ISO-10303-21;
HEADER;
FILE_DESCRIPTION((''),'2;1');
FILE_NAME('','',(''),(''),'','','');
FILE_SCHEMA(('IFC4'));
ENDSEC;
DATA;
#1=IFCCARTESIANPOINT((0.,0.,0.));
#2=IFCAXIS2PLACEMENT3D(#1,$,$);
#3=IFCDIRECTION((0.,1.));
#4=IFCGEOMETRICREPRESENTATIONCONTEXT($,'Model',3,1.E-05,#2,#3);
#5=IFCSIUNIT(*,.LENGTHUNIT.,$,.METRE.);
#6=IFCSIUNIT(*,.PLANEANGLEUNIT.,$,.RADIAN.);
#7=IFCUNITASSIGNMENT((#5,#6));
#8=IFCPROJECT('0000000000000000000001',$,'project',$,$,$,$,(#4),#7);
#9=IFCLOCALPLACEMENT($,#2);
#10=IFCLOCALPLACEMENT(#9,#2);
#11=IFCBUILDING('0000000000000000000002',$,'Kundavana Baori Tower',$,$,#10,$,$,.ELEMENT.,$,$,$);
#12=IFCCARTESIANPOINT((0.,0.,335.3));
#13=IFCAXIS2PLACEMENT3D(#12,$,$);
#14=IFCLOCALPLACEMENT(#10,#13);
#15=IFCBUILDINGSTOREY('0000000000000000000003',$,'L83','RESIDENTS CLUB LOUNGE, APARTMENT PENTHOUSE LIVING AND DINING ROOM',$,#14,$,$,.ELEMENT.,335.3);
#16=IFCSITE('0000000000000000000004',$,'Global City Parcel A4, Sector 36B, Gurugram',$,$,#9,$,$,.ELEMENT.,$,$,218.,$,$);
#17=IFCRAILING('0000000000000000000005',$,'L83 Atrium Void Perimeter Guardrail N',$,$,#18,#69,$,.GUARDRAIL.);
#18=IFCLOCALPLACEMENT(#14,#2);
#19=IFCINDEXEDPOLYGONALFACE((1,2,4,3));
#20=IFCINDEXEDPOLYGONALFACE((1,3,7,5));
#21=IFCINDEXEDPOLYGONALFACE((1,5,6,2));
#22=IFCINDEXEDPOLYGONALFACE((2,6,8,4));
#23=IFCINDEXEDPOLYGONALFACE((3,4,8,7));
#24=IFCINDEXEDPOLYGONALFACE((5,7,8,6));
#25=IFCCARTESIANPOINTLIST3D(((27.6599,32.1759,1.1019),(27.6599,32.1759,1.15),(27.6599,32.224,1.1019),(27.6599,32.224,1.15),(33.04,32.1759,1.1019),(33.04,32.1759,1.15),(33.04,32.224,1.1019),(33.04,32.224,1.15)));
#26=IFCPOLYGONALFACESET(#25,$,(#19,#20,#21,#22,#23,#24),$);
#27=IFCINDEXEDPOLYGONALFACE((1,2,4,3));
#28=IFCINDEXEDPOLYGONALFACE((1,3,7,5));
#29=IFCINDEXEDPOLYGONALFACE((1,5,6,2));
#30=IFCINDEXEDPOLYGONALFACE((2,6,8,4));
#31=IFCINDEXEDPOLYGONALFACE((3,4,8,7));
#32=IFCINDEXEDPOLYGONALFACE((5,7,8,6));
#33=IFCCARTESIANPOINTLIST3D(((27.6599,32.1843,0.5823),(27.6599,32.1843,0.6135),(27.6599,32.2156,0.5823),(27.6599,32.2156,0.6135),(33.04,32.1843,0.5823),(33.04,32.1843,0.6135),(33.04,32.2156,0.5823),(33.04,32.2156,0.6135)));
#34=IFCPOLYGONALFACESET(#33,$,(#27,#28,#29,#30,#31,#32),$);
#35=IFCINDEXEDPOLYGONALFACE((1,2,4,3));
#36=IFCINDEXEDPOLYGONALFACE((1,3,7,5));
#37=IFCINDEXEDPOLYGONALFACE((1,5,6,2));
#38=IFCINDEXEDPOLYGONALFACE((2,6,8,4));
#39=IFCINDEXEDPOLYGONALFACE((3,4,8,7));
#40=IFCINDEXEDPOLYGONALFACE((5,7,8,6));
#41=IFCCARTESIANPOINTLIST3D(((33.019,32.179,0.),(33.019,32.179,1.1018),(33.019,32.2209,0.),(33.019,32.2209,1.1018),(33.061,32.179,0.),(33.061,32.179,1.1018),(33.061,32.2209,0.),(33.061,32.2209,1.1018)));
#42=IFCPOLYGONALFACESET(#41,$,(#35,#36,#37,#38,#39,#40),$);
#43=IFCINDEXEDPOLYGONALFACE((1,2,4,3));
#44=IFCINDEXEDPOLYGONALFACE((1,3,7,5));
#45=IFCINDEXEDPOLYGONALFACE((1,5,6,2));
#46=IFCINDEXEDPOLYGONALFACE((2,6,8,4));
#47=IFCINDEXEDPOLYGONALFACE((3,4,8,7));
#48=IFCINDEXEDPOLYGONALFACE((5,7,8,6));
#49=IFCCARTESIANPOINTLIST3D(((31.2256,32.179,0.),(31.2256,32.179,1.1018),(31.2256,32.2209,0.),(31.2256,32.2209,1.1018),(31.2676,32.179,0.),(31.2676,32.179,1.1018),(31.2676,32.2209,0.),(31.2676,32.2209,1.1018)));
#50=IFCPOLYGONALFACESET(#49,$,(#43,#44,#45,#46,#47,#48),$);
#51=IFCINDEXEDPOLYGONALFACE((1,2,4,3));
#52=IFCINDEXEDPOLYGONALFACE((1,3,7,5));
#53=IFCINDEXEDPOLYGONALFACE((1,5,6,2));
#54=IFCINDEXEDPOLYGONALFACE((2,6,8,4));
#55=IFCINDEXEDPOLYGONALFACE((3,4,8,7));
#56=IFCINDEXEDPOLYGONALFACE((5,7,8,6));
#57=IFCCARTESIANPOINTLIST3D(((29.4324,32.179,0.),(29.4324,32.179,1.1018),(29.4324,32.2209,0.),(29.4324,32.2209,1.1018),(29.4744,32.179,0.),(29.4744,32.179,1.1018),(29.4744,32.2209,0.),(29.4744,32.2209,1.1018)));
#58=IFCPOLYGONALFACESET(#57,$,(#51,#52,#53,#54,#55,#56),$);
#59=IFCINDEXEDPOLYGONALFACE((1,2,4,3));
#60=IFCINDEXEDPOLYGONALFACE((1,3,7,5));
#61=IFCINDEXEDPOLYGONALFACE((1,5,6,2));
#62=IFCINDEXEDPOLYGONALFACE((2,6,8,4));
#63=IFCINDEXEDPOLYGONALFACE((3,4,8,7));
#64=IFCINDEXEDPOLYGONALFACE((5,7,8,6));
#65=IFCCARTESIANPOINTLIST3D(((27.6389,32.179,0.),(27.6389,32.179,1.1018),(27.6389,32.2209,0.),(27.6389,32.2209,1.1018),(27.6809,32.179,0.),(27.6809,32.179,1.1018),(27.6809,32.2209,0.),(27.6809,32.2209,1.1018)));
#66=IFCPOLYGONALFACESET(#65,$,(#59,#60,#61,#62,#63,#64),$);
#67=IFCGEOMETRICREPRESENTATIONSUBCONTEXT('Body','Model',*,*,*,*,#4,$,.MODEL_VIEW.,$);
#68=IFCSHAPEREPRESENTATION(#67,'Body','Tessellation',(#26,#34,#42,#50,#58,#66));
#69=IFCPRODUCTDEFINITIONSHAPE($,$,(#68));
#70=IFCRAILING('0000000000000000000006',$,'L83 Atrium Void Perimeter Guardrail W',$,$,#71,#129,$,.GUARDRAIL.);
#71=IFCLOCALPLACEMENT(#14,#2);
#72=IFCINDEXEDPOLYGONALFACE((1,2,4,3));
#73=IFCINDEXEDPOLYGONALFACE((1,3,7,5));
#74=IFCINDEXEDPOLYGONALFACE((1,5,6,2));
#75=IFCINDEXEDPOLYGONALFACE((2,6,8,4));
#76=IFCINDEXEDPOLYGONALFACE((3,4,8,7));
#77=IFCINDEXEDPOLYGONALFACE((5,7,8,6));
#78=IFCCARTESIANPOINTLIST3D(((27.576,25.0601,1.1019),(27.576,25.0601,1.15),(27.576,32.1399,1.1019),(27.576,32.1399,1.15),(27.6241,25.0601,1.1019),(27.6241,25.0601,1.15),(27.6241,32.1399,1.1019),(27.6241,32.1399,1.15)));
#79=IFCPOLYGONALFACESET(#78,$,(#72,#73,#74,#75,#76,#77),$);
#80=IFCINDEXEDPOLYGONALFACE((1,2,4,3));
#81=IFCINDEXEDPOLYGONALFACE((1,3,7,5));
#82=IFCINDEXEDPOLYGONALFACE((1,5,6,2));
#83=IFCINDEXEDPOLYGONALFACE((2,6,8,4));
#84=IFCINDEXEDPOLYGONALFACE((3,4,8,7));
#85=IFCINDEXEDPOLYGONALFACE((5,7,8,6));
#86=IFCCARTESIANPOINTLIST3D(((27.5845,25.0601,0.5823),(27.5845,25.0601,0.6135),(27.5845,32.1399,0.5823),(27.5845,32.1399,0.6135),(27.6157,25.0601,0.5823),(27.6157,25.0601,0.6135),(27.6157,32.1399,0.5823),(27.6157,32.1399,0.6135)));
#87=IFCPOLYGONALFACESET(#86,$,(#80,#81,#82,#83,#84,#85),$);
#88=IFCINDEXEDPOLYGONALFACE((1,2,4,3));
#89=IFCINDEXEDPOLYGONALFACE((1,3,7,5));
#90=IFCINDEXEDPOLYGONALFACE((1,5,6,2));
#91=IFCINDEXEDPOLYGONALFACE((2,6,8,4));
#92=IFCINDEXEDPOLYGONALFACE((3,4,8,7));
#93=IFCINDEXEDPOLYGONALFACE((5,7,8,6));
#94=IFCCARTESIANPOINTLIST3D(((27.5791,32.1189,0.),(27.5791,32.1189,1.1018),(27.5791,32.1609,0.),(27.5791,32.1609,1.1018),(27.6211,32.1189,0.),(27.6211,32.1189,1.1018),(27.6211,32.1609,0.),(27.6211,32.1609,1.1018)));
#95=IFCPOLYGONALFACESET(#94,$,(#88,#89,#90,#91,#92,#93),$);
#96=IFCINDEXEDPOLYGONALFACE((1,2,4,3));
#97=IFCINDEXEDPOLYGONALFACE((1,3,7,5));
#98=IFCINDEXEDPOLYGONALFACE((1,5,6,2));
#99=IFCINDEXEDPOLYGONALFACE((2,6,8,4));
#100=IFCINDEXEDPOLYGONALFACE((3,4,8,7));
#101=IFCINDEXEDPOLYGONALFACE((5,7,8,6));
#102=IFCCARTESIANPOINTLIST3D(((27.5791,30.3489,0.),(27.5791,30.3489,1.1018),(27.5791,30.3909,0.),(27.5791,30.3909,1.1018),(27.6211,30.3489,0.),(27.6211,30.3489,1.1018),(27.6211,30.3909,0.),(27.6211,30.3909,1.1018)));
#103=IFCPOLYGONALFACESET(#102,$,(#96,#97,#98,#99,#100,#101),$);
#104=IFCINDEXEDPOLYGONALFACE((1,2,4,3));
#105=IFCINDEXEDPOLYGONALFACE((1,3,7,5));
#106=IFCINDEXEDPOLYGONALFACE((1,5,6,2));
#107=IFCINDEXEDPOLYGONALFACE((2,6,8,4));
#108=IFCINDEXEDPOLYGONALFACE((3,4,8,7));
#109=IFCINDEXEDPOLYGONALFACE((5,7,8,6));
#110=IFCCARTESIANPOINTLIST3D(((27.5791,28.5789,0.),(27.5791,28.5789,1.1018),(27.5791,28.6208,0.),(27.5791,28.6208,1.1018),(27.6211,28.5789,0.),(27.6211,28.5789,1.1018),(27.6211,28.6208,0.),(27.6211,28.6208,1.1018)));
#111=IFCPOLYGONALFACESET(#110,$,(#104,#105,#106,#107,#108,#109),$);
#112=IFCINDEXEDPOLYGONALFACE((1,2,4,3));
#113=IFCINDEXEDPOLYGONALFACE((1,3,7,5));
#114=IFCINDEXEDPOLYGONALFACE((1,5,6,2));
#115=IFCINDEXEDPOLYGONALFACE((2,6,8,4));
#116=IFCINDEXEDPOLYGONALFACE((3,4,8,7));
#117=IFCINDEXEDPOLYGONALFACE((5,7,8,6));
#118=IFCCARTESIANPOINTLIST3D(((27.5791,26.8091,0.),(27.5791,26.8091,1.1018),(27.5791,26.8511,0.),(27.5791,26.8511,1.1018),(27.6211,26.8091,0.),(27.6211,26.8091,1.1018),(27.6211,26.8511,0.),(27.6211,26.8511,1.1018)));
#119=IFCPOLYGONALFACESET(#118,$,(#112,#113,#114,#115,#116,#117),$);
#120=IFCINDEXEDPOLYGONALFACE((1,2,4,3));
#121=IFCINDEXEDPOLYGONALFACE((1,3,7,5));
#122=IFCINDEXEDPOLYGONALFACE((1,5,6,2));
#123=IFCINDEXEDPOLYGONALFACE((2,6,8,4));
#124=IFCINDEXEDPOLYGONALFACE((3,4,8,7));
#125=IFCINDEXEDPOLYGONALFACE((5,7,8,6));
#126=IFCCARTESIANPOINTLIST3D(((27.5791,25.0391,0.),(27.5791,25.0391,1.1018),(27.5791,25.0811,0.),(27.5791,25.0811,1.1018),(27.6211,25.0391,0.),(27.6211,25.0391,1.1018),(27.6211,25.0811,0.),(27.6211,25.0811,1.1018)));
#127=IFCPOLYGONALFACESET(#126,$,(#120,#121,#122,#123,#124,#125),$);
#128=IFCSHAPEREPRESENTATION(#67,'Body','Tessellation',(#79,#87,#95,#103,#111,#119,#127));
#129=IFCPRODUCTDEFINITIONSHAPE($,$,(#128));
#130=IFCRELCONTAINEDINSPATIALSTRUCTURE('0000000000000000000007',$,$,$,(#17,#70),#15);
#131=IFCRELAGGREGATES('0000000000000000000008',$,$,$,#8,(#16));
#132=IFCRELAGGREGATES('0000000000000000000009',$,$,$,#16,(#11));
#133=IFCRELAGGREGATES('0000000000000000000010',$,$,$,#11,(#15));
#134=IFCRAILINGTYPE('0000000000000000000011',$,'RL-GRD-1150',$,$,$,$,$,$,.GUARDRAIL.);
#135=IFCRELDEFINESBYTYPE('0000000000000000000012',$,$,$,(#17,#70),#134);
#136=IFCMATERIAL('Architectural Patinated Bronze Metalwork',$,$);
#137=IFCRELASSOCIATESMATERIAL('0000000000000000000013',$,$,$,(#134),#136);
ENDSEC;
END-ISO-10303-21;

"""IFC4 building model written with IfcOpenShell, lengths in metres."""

from ifc_helpers import new_model, si_unit, direction, frame, origin, origin_2d, place, context, subcontext, project, spatial, rectangle, extrude, material, type_object, element, save


model = new_model("IFC4")

# Units and contexts
model_context = context("Model", 3, precision=1e-05, world=origin(), true_north=direction((0.0, 1.0)))
body_context = subcontext(model_context, "Body", "Model", "MODEL_VIEW")
ifc_project = project(units=[si_unit("LENGTHUNIT", "METRE"), si_unit("PLANEANGLEUNIT", "RADIAN")], contexts=[model_context])

# Site, building, storey
site_placement = place(None, origin())
site = spatial("IfcSite", under=ifc_project, at=site_placement, Name="Global City Parcel A4, Sector 36B, Gurugram", CompositionType="ELEMENT", RefElevation=218.0)
building_placement = place(site_placement, origin())
building = spatial("IfcBuilding", under=site, at=building_placement, Name="Kundavana Baori Tower", CompositionType="ELEMENT")
storey_placement = place(building_placement, frame((0.0, 0.0, 335.3)))
storey = spatial("IfcBuildingStorey", under=building, at=storey_placement, Name="L83", Description="RESIDENTS CLUB LOUNGE, APARTMENT PENTHOUSE LIVING AND DINING ROOM", CompositionType="ELEMENT", Elevation=335.3)

# Railings
ifc_material_1 = material(Name="Architectural Patinated Bronze Metalwork")
railing_type = type_object("IfcRailingType", Name="RL-GRD-1150", PredefinedType="GUARDRAIL", material=ifc_material_1)
railing_1_placement = place(storey_placement, frame((33.04, 32.2, 0.0)))
element("IfcRailing", 1, at=railing_1_placement, inside=storey, type_object=railing_type, Name="L83 Atrium Void Perimeter Guardrail N", PredefinedType="GUARDRAIL", context=body_context, shape_type="SweptSolid", body=[
    extrude(rectangle(XDim=0.0481, YDim=0.0481, at=origin_2d()), frame((0.0, 0.0, 1.126), z_axis=(-1.0, 0.0, 0.0), x_axis=(0.0, -1.0, 0.0)), (0.0, 0.0, 1.0), 5.3801),
    extrude(rectangle(XDim=0.0312, YDim=0.0312, at=origin_2d()), frame((0.0, 0.0, 0.5979), z_axis=(-1.0, 0.0, 0.0), x_axis=(0.0, -1.0, 0.0)), (0.0, 0.0, 1.0), 5.3801),
    extrude(rectangle(XDim=0.042, YDim=0.042, at=origin_2d()), origin(), (0.0, 0.0, 1.0), 1.1018),
    extrude(rectangle(XDim=0.042, YDim=0.042, at=origin_2d()), frame((-1.7935, 0.0, 0.0)), (0.0, 0.0, 1.0), 1.1018),
    extrude(rectangle(XDim=0.042, YDim=0.042, at=origin_2d()), frame((-3.5867, 0.0, 0.0)), (0.0, 0.0, 1.0), 1.1018),
    extrude(rectangle(XDim=0.042, YDim=0.042, at=origin_2d()), frame((-5.3801, 0.0, 0.0)), (0.0, 0.0, 1.0), 1.1018),
])
railing_2_placement = place(storey_placement, frame((27.6001, 32.1399, 0.0)))
element("IfcRailing", 2, at=railing_2_placement, inside=storey, type_object=railing_type, Name="L83 Atrium Void Perimeter Guardrail W", PredefinedType="GUARDRAIL", context=body_context, shape_type="SweptSolid", body=[
    extrude(rectangle(XDim=0.0481, YDim=0.0481, at=origin_2d()), frame((0.0, 0.0, 1.126), z_axis=(0.0, -1.0, 0.0), x_axis=(1.0, 0.0, 0.0)), (0.0, 0.0, 1.0), 7.0798),
    extrude(rectangle(XDim=0.0312, YDim=0.0312, at=origin_2d()), frame((0.0, 0.0, 0.5979), z_axis=(0.0, -1.0, 0.0), x_axis=(1.0, 0.0, 0.0)), (0.0, 0.0, 1.0), 7.0798),
    extrude(rectangle(XDim=0.042, YDim=0.042, at=origin_2d()), origin(), (0.0, 0.0, 1.0), 1.1018),
    extrude(rectangle(XDim=0.042, YDim=0.042, at=origin_2d()), frame((0.0, -1.77, 0.0)), (0.0, 0.0, 1.0), 1.1018),
    extrude(rectangle(XDim=0.042, YDim=0.042, at=origin_2d()), frame((0.0, -3.54, 0.0)), (0.0, 0.0, 1.0), 1.1018),
    extrude(rectangle(XDim=0.042, YDim=0.042, at=origin_2d()), frame((0.0, -5.3098, 0.0)), (0.0, 0.0, 1.0), 1.1018),
    extrude(rectangle(XDim=0.042, YDim=0.042, at=origin_2d()), frame((0.0, -7.0798, 0.0)), (0.0, 0.0, 1.0), 1.1018),
])

save(model, "model.ifc")
